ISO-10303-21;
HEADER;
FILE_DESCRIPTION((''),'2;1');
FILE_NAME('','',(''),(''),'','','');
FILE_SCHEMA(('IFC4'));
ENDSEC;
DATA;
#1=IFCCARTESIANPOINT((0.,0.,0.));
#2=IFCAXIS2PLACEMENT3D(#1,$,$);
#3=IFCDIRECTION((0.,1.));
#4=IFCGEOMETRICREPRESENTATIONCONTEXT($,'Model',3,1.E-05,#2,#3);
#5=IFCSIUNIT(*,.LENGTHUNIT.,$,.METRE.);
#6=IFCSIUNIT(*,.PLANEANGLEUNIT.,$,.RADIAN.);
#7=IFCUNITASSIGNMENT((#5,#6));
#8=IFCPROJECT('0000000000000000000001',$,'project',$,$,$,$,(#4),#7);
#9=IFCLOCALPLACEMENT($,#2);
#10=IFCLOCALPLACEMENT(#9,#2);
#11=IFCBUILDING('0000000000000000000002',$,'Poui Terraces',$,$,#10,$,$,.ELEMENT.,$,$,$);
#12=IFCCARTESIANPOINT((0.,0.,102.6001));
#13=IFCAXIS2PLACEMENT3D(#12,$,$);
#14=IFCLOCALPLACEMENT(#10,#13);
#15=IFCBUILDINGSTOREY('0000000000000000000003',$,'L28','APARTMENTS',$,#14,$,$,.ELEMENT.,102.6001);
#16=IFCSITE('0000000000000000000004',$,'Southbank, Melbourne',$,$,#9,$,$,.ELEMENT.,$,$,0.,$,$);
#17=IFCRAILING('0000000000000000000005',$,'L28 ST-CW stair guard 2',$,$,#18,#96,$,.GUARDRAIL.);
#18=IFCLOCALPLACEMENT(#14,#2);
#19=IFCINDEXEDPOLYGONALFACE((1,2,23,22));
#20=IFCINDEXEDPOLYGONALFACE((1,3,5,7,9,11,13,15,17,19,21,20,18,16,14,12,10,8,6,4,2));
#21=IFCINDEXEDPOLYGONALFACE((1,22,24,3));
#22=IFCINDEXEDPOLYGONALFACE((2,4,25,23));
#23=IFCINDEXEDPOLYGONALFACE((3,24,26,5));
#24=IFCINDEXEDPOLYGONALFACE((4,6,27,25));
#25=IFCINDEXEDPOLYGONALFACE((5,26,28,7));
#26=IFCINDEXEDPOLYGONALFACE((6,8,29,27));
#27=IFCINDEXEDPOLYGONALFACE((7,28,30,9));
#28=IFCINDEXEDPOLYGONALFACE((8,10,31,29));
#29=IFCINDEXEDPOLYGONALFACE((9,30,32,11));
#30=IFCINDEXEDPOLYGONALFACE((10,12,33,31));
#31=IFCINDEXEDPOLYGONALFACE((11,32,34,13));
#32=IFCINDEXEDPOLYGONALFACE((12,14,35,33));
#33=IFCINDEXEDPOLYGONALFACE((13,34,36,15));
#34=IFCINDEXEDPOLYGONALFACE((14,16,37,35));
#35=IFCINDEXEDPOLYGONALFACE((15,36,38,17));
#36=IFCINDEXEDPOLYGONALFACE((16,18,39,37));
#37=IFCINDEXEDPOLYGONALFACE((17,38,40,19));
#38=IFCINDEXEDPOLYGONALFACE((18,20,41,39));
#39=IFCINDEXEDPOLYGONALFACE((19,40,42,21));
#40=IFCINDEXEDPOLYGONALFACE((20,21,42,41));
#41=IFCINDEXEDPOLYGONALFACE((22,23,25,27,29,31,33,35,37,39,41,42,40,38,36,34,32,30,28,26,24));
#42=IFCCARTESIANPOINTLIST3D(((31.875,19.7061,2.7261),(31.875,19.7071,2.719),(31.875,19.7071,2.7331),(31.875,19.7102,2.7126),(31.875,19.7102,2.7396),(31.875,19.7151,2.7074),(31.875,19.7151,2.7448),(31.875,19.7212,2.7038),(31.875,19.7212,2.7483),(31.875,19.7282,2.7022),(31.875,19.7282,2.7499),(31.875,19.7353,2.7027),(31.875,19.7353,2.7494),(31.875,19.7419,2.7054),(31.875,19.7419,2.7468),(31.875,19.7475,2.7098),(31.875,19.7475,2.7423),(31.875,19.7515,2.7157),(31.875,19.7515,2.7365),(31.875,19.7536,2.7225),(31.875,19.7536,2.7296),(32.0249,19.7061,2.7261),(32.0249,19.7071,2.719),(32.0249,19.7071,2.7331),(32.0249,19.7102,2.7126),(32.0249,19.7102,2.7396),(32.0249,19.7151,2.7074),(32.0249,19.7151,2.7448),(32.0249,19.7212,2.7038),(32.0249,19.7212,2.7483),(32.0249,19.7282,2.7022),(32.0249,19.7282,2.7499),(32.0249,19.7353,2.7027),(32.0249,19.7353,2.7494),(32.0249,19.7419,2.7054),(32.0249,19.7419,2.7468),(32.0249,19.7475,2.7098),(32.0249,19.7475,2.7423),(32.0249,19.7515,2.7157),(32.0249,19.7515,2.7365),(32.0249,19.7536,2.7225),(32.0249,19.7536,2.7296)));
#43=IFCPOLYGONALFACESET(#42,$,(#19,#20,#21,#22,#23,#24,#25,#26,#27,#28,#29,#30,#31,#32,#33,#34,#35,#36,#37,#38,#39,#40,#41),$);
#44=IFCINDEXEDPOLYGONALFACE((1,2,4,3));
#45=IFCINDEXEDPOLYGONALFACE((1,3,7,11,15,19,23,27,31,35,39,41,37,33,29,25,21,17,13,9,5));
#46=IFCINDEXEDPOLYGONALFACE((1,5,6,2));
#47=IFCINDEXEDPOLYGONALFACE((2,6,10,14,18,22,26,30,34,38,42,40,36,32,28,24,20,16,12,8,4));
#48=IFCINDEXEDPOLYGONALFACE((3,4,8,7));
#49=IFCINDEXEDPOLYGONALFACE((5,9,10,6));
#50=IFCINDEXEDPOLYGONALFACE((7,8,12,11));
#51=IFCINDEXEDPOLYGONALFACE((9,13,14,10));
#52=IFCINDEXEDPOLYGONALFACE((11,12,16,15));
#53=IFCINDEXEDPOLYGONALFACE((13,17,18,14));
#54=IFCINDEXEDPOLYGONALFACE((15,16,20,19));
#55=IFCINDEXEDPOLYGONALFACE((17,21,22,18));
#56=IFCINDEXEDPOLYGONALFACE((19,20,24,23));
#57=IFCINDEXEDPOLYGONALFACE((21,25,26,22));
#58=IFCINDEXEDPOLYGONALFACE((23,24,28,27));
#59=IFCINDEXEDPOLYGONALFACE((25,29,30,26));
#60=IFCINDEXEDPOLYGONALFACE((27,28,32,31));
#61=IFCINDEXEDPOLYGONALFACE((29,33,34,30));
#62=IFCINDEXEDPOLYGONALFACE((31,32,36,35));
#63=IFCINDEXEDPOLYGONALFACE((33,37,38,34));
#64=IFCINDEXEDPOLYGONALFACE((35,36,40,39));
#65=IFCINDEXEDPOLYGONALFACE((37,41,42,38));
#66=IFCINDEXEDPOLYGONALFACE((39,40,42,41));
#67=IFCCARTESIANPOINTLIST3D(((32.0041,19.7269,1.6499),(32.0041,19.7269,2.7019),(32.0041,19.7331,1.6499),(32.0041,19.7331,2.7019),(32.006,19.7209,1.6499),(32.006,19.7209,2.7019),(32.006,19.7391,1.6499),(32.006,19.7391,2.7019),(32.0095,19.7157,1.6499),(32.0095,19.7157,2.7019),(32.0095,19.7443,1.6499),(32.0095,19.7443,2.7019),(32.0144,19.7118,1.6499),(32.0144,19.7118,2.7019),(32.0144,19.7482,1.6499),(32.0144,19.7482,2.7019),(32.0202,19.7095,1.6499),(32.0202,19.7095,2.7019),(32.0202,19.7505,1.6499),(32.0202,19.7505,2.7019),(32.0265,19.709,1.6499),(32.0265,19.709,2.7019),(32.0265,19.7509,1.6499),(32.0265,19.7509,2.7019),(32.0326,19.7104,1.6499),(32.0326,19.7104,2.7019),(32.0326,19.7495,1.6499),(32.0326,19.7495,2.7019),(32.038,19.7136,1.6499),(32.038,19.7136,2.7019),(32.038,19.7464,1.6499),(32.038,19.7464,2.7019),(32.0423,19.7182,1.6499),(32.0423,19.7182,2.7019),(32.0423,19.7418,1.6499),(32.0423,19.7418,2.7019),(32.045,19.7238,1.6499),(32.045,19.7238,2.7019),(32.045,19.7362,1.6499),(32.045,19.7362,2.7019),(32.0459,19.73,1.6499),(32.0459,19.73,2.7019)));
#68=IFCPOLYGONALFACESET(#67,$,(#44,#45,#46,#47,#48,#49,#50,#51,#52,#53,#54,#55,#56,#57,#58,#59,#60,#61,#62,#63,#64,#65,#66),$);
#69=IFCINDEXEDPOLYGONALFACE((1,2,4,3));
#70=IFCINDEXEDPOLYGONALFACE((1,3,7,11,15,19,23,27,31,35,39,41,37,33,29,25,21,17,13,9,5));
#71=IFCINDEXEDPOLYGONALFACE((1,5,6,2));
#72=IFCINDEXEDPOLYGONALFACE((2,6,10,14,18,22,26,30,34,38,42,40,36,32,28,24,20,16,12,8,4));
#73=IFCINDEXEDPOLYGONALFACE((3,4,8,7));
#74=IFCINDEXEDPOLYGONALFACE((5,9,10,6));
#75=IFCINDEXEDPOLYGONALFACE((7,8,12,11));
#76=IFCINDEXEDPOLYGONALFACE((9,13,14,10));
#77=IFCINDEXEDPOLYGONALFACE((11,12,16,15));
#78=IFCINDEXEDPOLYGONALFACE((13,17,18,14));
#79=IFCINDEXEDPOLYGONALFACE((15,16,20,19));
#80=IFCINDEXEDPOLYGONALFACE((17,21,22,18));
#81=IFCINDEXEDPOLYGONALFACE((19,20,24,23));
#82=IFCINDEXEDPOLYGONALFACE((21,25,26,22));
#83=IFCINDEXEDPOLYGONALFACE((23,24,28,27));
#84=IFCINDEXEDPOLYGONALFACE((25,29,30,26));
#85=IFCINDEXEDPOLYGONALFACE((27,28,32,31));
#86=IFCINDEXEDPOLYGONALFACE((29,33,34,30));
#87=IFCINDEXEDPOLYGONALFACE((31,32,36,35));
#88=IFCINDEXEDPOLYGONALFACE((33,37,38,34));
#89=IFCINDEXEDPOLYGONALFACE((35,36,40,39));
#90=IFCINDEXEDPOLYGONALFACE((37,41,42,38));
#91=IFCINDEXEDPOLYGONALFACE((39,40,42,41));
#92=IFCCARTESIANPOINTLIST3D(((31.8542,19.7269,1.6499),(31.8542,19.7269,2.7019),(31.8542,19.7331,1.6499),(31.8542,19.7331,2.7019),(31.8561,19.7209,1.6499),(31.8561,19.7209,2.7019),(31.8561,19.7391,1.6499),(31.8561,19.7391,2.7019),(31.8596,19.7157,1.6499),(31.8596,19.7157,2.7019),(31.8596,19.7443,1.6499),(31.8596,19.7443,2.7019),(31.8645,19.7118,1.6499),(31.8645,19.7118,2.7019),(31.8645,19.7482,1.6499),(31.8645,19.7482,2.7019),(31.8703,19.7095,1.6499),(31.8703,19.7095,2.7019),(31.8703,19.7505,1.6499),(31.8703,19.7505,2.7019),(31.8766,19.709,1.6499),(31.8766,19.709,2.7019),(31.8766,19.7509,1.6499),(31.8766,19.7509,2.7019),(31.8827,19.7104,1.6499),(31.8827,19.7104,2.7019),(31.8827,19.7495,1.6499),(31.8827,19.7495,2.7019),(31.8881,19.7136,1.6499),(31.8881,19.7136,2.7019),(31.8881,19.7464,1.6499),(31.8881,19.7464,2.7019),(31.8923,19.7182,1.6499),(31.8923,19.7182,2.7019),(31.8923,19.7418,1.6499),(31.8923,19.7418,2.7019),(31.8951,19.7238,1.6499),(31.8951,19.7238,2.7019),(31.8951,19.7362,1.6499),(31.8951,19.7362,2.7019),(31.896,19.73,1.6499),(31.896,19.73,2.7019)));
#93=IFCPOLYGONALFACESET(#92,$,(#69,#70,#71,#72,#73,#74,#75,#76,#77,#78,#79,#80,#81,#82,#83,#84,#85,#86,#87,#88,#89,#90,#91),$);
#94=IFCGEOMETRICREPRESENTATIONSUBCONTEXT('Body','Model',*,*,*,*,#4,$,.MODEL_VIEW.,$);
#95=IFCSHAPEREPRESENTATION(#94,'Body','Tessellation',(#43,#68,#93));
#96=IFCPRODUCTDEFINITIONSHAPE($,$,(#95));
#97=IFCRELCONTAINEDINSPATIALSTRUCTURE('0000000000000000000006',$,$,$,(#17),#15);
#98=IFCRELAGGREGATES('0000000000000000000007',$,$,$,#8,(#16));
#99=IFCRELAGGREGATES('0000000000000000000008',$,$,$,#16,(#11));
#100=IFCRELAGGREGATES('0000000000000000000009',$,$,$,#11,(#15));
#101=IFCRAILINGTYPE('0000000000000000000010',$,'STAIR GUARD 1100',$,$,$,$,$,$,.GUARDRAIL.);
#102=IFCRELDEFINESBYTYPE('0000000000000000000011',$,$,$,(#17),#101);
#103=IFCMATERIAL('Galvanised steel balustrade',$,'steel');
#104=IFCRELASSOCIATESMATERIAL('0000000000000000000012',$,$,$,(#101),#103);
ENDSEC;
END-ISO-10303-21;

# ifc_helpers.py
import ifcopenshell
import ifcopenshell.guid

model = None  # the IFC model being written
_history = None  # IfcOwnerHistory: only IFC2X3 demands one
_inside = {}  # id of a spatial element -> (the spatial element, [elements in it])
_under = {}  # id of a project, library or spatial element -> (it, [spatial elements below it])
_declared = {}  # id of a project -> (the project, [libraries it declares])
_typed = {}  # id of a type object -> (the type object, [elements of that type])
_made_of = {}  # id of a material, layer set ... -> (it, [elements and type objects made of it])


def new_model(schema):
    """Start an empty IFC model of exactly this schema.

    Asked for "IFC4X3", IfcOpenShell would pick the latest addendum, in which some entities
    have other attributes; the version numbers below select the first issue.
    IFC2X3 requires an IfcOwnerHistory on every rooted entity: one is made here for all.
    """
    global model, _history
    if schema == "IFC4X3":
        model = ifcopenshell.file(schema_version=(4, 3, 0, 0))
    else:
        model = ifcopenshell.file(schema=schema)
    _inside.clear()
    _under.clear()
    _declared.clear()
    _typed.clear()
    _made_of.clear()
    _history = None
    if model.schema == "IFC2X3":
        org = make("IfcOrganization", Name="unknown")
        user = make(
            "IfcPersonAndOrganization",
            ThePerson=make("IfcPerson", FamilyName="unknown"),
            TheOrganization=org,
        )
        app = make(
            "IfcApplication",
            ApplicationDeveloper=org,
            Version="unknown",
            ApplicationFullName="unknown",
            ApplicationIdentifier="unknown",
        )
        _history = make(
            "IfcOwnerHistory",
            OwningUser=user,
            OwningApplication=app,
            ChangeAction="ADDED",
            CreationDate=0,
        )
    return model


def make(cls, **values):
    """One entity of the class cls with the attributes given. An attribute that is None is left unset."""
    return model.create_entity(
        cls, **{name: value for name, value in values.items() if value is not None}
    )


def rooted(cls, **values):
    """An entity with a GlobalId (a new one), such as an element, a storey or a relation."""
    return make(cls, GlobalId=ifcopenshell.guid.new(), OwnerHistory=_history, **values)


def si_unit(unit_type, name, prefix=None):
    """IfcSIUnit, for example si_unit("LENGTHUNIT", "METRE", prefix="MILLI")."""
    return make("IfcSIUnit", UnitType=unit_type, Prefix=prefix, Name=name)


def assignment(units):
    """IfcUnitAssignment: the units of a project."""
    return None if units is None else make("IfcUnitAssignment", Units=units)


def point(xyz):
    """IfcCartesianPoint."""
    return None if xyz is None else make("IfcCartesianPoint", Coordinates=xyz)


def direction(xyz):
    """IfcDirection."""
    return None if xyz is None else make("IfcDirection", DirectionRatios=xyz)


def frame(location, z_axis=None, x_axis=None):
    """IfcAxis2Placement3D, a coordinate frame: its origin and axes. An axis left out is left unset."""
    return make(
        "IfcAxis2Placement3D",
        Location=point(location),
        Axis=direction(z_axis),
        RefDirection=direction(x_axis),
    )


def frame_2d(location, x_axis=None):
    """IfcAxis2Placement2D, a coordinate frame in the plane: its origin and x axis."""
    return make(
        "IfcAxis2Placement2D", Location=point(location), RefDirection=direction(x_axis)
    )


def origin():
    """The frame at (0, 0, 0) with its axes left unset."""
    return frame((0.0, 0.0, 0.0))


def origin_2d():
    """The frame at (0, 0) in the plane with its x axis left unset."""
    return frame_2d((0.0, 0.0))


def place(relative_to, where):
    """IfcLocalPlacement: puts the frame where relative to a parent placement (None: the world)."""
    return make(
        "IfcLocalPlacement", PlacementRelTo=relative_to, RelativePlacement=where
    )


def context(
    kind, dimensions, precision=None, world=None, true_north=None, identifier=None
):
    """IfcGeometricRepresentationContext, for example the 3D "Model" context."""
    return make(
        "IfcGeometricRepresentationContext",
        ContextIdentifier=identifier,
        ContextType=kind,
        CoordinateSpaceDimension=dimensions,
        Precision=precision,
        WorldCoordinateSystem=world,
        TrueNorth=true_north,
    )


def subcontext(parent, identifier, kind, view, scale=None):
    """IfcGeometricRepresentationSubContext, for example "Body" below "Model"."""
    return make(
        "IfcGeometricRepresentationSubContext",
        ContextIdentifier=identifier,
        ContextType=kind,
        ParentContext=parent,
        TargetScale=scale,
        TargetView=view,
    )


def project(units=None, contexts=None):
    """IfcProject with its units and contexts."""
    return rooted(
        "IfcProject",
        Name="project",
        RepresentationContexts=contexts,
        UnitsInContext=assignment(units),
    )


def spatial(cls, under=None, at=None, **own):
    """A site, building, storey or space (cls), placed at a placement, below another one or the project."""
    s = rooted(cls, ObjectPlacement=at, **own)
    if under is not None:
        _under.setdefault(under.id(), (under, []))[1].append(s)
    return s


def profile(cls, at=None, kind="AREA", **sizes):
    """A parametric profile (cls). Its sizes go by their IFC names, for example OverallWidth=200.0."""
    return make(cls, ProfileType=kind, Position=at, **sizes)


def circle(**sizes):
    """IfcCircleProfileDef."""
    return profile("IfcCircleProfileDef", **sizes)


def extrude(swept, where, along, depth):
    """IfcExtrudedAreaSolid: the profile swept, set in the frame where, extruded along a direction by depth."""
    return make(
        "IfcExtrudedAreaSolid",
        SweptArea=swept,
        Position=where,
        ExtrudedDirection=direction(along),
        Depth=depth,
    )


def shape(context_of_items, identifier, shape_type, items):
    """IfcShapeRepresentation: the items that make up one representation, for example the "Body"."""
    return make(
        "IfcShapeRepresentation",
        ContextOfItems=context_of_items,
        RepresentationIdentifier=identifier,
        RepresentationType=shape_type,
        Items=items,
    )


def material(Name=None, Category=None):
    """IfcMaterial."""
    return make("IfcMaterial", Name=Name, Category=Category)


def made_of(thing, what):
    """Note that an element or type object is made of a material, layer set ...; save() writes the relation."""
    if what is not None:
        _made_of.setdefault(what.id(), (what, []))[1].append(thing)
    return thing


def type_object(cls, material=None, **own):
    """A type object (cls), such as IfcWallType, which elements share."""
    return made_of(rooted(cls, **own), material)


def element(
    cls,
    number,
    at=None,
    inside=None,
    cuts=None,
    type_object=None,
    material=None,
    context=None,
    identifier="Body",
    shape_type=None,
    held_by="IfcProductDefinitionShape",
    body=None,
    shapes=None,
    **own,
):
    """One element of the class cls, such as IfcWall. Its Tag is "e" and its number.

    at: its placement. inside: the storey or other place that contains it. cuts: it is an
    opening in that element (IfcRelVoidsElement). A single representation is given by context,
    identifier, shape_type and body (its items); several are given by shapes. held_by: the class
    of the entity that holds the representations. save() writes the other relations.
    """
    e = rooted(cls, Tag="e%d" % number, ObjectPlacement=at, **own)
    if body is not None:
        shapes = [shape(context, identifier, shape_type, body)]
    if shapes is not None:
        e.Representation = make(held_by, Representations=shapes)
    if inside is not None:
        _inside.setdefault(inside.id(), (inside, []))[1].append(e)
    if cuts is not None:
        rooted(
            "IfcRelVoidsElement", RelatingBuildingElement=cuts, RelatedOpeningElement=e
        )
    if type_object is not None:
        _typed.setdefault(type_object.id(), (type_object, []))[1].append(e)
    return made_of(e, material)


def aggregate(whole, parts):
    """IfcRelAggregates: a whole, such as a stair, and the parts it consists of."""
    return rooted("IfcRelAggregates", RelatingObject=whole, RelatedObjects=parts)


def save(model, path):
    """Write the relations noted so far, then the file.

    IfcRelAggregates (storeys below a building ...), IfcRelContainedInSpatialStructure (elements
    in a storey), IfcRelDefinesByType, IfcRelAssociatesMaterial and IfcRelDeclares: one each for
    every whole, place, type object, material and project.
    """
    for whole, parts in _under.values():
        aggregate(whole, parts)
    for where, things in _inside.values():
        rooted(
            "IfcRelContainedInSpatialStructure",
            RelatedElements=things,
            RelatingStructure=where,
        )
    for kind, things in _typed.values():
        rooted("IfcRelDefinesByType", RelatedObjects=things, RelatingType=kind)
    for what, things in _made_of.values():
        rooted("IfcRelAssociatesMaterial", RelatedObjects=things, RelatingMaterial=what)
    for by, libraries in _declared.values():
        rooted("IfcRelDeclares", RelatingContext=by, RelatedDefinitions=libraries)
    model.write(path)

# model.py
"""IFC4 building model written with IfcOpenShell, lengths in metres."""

from ifc_helpers import new_model, si_unit, direction, frame, origin, origin_2d, place, context, subcontext, project, spatial, circle, extrude, material, type_object, element, save


model = new_model("IFC4")

# Units and contexts
model_context = context("Model", 3, precision=1e-05, world=origin(), true_north=direction((0.0, 1.0)))
body_context = subcontext(model_context, "Body", "Model", "MODEL_VIEW")
ifc_project = project(units=[si_unit("LENGTHUNIT", "METRE"), si_unit("PLANEANGLEUNIT", "RADIAN")], contexts=[model_context])

# Site, building, storey
site_placement = place(None, origin())
site = spatial("IfcSite", under=ifc_project, at=site_placement, Name="Southbank, Melbourne", CompositionType="ELEMENT", RefElevation=0.0)
building_placement = place(site_placement, origin())
building = spatial("IfcBuilding", under=site, at=building_placement, Name="Poui Terraces", CompositionType="ELEMENT")
storey_placement = place(building_placement, frame((0.0, 0.0, 102.6001)))
storey = spatial("IfcBuildingStorey", under=building, at=storey_placement, Name="L28", Description="APARTMENTS", CompositionType="ELEMENT", Elevation=102.6001)

# Railing
ifc_material_1 = material(Name="Galvanised steel balustrade", Category="steel")
railing_type_1 = type_object("IfcRailingType", Name="STAIR GUARD 1100", PredefinedType="GUARDRAIL", material=ifc_material_1)
railing_1_placement = place(storey_placement, frame((32.0249, 19.73, 1.6499)))
element("IfcRailing", 1, at=railing_1_placement, inside=storey, type_object=railing_type_1, Name="L28 ST-CW stair guard 2", PredefinedType="GUARDRAIL", context=body_context, shape_type="SweptSolid", body=[
    extrude(circle(Radius=0.0239, at=origin_2d()), frame((0.0, 0.0, 1.0762), z_axis=(-1.0, 0.0, 0.0), x_axis=(0.0, -1.0, 0.0)), (0.0, 0.0, 1.0), 0.1499),
    extrude(circle(Radius=0.021, at=origin_2d()), origin(), (0.0, 0.0, 1.0), 1.052),
    extrude(circle(Radius=0.021, at=origin_2d()), frame((-0.1499, 0.0, 0.0)), (0.0, 0.0, 1.0), 1.052),
])

save(model, "model.ifc")
